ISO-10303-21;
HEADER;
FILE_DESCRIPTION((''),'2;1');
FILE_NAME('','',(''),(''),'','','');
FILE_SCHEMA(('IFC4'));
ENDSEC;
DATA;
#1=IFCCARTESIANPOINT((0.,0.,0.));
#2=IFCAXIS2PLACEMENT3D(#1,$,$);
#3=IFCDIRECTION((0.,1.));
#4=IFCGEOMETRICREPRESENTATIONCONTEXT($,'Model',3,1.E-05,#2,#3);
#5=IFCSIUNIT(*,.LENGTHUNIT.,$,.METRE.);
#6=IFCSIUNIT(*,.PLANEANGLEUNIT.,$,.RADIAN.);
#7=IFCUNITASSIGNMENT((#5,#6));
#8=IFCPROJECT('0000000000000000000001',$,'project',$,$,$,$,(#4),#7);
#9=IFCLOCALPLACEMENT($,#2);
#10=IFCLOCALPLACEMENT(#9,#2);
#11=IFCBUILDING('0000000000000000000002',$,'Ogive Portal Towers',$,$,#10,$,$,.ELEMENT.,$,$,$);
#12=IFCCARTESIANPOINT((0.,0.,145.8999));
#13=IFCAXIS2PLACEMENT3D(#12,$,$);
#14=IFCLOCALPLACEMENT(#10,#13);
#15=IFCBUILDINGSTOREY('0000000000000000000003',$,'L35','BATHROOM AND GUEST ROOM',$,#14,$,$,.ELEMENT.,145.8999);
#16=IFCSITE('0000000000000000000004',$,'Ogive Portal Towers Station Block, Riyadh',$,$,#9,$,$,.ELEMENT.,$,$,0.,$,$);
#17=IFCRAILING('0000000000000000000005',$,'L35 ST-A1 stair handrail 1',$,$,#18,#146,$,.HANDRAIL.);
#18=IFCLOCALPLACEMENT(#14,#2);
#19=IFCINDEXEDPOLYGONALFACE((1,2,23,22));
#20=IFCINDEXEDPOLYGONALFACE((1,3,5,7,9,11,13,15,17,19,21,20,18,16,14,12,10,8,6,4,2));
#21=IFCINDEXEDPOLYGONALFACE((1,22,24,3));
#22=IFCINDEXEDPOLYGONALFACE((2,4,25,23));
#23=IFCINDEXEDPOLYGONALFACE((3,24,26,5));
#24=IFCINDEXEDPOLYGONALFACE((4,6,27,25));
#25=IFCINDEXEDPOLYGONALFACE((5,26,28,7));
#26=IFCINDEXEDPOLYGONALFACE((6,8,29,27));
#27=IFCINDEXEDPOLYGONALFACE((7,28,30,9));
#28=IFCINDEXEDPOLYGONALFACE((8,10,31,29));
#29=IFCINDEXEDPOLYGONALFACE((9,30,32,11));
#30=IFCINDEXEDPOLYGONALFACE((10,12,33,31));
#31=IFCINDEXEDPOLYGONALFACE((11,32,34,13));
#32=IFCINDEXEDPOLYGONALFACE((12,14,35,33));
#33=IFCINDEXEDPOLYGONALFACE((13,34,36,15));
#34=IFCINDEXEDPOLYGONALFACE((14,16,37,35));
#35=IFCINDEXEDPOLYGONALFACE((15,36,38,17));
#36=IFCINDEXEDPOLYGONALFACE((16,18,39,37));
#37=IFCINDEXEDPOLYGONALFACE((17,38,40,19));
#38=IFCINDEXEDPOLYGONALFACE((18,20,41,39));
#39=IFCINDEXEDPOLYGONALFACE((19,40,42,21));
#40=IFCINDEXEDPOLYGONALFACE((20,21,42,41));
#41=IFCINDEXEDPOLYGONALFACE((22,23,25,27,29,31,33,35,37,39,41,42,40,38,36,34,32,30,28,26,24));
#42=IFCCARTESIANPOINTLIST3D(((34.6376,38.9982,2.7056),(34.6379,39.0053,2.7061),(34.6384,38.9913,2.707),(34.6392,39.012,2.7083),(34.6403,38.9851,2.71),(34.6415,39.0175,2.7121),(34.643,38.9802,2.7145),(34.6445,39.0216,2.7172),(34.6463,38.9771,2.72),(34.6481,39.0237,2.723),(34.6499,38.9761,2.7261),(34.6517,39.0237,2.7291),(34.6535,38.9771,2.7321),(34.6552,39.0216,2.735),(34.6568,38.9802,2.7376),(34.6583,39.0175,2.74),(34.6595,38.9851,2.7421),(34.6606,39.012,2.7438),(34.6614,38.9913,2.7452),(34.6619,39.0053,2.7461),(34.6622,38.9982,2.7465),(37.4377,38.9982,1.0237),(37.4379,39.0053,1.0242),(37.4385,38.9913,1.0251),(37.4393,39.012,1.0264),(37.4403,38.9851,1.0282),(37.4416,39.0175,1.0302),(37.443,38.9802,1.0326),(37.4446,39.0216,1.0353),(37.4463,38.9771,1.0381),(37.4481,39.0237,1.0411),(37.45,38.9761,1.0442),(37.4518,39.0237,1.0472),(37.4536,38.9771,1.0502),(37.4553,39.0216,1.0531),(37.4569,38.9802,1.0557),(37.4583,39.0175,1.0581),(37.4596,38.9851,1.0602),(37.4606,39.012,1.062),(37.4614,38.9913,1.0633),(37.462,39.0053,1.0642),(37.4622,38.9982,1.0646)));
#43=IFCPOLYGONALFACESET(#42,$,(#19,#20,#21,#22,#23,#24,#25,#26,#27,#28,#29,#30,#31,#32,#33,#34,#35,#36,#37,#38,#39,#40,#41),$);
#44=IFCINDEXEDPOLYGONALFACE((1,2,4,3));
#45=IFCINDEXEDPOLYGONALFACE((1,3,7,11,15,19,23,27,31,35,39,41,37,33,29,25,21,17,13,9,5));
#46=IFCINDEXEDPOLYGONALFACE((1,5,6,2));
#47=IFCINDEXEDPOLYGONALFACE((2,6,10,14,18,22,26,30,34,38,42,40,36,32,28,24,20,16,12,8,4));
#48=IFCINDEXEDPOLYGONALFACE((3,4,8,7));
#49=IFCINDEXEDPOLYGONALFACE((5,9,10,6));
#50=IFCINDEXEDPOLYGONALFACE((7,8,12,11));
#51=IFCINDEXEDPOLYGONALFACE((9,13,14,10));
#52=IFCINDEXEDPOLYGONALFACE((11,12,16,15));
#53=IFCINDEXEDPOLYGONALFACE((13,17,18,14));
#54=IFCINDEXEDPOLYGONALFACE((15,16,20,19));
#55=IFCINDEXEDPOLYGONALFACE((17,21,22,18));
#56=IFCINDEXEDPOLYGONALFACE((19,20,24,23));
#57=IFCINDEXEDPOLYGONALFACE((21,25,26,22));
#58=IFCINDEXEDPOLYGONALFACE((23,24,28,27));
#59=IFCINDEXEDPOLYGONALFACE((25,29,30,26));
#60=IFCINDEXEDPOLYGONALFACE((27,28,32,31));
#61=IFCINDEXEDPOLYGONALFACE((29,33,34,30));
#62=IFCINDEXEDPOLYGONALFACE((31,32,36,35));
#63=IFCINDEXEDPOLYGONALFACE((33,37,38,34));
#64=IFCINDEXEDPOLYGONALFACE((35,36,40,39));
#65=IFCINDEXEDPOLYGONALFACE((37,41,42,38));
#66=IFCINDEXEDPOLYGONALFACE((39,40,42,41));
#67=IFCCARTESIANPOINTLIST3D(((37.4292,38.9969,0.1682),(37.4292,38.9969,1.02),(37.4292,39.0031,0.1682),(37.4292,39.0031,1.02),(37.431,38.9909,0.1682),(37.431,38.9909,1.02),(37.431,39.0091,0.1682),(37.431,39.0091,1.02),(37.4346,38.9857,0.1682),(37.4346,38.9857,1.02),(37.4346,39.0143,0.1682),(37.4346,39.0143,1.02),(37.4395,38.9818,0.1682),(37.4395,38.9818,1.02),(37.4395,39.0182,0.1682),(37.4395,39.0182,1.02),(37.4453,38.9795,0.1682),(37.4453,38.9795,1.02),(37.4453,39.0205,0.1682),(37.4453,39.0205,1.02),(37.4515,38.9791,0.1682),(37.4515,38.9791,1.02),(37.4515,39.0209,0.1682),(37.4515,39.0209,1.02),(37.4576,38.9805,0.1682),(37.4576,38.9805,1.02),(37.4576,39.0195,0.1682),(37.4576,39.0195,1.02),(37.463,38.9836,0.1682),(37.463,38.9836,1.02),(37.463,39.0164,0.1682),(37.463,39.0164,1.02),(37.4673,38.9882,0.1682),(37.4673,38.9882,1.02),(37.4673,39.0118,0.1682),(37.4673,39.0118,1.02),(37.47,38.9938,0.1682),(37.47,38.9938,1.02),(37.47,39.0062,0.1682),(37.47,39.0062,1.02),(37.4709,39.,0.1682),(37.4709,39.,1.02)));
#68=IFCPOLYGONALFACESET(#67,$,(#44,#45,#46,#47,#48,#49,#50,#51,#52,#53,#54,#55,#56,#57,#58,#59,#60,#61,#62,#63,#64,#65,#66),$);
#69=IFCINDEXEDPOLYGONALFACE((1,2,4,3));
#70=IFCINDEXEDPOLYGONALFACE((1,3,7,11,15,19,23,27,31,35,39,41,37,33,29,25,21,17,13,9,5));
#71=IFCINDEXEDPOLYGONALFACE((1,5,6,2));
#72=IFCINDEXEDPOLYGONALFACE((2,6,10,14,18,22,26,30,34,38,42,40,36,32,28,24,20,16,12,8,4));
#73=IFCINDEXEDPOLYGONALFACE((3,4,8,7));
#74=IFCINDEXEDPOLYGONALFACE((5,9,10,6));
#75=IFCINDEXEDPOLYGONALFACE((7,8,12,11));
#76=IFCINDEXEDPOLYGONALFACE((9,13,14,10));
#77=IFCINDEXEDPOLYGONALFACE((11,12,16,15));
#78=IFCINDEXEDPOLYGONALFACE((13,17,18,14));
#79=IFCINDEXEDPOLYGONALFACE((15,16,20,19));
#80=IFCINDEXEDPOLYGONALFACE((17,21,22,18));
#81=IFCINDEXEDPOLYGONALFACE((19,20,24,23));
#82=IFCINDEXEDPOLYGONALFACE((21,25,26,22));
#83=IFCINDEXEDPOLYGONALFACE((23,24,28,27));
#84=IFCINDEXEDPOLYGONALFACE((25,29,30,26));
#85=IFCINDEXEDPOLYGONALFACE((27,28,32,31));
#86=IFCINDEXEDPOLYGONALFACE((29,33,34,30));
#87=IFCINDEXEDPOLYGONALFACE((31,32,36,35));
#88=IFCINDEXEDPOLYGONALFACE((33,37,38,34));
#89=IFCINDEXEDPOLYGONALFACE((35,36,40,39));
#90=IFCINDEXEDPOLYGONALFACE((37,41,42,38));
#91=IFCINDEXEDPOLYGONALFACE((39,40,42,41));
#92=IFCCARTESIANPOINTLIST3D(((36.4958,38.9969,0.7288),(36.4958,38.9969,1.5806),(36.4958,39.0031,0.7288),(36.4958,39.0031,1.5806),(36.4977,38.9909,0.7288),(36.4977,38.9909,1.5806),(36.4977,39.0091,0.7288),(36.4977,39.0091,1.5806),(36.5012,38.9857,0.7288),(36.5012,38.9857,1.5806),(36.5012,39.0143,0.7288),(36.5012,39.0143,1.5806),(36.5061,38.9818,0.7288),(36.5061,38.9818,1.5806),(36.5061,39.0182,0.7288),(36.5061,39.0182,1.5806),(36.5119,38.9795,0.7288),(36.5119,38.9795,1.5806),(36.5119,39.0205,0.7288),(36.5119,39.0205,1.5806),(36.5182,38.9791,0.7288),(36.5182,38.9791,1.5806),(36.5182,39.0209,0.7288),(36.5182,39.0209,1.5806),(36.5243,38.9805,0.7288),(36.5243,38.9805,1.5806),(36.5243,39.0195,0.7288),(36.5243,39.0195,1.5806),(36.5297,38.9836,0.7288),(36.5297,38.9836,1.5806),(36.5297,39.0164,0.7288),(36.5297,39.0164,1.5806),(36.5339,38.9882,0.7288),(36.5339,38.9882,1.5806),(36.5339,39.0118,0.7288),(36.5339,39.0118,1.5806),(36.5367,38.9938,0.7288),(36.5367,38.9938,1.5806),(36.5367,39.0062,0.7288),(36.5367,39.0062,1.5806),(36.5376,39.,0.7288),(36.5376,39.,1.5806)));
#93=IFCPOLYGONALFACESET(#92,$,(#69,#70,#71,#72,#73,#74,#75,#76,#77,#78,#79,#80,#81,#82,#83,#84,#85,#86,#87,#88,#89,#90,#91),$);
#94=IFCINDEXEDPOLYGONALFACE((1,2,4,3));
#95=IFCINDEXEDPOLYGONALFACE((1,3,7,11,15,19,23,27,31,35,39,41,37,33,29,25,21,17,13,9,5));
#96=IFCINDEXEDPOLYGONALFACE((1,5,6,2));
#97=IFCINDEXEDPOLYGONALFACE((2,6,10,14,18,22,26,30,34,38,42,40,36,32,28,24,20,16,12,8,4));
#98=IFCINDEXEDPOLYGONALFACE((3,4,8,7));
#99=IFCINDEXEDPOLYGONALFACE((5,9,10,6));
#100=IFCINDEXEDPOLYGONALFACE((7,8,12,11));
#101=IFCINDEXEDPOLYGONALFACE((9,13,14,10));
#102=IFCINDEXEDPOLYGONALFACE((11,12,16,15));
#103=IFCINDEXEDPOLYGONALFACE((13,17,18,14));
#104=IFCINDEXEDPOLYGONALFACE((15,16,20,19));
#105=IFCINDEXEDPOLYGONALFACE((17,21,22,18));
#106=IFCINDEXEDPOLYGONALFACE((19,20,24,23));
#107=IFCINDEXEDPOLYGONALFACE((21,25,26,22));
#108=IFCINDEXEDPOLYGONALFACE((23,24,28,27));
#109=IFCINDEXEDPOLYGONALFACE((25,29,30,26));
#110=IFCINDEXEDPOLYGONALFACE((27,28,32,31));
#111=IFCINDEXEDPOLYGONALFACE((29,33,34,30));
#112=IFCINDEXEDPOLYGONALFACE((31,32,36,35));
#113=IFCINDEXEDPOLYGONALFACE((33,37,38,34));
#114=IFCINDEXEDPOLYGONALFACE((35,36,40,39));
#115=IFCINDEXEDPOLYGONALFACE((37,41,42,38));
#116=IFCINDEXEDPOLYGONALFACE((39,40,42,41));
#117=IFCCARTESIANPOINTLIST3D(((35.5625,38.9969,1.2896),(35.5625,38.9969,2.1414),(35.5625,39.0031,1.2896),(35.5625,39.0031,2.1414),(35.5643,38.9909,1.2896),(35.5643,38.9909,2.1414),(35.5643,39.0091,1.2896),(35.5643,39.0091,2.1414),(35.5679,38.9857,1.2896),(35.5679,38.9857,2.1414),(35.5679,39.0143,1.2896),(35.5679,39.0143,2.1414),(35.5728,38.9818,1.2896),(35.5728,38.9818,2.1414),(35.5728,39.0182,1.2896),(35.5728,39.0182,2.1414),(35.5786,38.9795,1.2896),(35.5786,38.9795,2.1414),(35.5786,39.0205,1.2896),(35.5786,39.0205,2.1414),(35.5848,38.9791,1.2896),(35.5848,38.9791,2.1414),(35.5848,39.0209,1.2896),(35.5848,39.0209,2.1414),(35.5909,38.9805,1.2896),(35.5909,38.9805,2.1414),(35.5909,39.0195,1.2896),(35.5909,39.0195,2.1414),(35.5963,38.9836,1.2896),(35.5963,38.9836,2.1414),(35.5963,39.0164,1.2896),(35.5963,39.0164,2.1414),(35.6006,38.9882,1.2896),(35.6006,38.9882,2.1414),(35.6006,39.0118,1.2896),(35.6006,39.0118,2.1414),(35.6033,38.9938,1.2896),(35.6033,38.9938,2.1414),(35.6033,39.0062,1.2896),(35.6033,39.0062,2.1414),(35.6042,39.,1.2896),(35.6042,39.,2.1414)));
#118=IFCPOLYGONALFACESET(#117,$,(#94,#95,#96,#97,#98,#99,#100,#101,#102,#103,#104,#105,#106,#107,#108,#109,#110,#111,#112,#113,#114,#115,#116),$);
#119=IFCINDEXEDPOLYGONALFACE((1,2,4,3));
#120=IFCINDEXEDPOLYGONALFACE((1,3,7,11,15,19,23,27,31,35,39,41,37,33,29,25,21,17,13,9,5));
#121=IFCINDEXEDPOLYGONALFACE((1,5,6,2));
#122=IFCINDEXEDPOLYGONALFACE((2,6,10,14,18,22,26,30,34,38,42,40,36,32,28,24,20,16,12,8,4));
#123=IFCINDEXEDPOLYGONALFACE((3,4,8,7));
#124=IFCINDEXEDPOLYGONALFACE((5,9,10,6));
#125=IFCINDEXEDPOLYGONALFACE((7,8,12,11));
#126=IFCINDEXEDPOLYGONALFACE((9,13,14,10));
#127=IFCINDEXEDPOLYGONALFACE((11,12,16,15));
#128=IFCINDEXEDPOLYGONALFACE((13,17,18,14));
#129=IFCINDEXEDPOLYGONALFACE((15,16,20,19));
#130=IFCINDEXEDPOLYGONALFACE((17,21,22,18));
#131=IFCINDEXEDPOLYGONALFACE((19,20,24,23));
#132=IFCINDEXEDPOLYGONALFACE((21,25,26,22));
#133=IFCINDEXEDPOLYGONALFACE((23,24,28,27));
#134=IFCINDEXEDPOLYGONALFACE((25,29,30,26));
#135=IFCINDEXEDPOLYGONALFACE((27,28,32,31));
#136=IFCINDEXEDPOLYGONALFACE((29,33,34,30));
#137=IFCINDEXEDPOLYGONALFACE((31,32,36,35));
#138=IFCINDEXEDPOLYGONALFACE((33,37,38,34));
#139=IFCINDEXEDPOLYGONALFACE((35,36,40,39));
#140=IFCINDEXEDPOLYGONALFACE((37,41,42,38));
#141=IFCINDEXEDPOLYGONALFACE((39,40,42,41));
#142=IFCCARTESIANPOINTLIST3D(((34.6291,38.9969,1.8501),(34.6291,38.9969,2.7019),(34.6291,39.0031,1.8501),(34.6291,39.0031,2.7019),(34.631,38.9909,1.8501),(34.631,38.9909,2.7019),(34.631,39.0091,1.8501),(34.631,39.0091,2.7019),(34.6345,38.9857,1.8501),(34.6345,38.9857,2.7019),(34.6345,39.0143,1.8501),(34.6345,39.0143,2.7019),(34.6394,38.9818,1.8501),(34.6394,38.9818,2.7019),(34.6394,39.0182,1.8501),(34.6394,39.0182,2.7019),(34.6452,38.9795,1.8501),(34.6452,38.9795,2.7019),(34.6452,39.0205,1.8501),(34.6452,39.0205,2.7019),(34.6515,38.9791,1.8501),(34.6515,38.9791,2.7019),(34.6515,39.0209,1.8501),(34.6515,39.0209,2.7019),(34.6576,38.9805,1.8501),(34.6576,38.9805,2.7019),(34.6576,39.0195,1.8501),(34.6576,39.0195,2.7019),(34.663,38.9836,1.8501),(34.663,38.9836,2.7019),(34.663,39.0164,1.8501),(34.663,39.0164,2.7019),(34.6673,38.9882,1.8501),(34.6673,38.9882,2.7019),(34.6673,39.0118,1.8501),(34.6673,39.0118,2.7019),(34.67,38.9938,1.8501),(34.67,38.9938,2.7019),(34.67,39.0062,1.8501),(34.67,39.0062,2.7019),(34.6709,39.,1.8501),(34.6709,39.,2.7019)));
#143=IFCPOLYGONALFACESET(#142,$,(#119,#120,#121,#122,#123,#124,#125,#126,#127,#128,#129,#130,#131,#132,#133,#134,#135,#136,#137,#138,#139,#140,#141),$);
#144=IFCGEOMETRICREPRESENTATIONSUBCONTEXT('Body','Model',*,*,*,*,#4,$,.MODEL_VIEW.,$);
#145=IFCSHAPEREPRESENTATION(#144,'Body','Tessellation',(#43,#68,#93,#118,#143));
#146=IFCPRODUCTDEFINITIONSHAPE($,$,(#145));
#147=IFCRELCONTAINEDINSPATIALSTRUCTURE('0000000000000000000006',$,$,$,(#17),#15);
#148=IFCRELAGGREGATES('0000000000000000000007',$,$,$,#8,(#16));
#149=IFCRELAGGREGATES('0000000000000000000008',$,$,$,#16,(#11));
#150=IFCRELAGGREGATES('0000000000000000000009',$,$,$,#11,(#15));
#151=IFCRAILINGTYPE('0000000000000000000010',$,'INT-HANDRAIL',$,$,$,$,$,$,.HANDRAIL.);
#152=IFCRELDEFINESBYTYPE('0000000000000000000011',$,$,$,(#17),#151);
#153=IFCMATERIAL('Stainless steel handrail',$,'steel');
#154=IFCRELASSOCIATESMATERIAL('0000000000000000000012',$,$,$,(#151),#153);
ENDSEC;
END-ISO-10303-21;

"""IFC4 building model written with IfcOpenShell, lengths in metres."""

from ifc_helpers import new_model, si_unit, direction, frame, origin, origin_2d, place, context, subcontext, project, spatial, circle, extrude, material, type_object, element, save


model = new_model("IFC4")

# Units and contexts
model_context = context("Model", 3, precision=1e-05, world=origin(), true_north=direction((0.0, 1.0)))
body_context = subcontext(model_context, "Body", "Model", "MODEL_VIEW")
ifc_project = project(units=[si_unit("LENGTHUNIT", "METRE"), si_unit("PLANEANGLEUNIT", "RADIAN")], contexts=[model_context])

# Site, building, storey
site_placement = place(None, origin())
site = spatial("IfcSite", under=ifc_project, at=site_placement, Name="Ogive Portal Towers Station Block, Riyadh", CompositionType="ELEMENT", RefElevation=0.0)
building_placement = place(site_placement, origin())
building = spatial("IfcBuilding", under=site, at=building_placement, Name="Ogive Portal Towers", CompositionType="ELEMENT")
storey_placement = place(building_placement, frame((0.0, 0.0, 145.8999)))
storey = spatial("IfcBuildingStorey", under=building, at=storey_placement, Name="L35", Description="BATHROOM AND GUEST ROOM", CompositionType="ELEMENT", Elevation=145.8999)

# Railing
ifc_material_1 = material(Name="Stainless steel handrail", Category="steel")
railing_type_1 = type_object("IfcRailingType", Name="INT-HANDRAIL", PredefinedType="HANDRAIL", material=ifc_material_1)
railing_1_placement = place(storey_placement, frame((37.45, 39.0, 0.1682)))
element("IfcRailing", 1, at=railing_1_placement, inside=storey, type_object=railing_type_1, Name="L35 ST-A1 stair handrail 1", PredefinedType="HANDRAIL", context=body_context, shape_type="SweptSolid", body=[
    extrude(circle(Radius=0.0239, at=origin_2d()), frame((0.0, 0.0, 0.876), z_axis=(-0.857242, 0.0, 0.514913), x_axis=(0.0, -1.0, 0.0)), (0.0, 0.0, 1.0), 3.2664),
    extrude(circle(Radius=0.021, at=origin_2d()), origin(), (0.0, 0.0, 1.0), 0.8518),
    extrude(circle(Radius=0.021, at=origin_2d()), frame((-0.9333, 0.0, 0.5605)), (0.0, 0.0, 1.0), 0.8518),
    extrude(circle(Radius=0.021, at=origin_2d()), frame((-1.8667, 0.0, 1.1213)), (0.0, 0.0, 1.0), 0.8518),
    extrude(circle(Radius=0.021, at=origin_2d()), frame((-2.8, 0.0, 1.6819)), (0.0, 0.0, 1.0), 0.8518),
])

save(model, "model.ifc")
